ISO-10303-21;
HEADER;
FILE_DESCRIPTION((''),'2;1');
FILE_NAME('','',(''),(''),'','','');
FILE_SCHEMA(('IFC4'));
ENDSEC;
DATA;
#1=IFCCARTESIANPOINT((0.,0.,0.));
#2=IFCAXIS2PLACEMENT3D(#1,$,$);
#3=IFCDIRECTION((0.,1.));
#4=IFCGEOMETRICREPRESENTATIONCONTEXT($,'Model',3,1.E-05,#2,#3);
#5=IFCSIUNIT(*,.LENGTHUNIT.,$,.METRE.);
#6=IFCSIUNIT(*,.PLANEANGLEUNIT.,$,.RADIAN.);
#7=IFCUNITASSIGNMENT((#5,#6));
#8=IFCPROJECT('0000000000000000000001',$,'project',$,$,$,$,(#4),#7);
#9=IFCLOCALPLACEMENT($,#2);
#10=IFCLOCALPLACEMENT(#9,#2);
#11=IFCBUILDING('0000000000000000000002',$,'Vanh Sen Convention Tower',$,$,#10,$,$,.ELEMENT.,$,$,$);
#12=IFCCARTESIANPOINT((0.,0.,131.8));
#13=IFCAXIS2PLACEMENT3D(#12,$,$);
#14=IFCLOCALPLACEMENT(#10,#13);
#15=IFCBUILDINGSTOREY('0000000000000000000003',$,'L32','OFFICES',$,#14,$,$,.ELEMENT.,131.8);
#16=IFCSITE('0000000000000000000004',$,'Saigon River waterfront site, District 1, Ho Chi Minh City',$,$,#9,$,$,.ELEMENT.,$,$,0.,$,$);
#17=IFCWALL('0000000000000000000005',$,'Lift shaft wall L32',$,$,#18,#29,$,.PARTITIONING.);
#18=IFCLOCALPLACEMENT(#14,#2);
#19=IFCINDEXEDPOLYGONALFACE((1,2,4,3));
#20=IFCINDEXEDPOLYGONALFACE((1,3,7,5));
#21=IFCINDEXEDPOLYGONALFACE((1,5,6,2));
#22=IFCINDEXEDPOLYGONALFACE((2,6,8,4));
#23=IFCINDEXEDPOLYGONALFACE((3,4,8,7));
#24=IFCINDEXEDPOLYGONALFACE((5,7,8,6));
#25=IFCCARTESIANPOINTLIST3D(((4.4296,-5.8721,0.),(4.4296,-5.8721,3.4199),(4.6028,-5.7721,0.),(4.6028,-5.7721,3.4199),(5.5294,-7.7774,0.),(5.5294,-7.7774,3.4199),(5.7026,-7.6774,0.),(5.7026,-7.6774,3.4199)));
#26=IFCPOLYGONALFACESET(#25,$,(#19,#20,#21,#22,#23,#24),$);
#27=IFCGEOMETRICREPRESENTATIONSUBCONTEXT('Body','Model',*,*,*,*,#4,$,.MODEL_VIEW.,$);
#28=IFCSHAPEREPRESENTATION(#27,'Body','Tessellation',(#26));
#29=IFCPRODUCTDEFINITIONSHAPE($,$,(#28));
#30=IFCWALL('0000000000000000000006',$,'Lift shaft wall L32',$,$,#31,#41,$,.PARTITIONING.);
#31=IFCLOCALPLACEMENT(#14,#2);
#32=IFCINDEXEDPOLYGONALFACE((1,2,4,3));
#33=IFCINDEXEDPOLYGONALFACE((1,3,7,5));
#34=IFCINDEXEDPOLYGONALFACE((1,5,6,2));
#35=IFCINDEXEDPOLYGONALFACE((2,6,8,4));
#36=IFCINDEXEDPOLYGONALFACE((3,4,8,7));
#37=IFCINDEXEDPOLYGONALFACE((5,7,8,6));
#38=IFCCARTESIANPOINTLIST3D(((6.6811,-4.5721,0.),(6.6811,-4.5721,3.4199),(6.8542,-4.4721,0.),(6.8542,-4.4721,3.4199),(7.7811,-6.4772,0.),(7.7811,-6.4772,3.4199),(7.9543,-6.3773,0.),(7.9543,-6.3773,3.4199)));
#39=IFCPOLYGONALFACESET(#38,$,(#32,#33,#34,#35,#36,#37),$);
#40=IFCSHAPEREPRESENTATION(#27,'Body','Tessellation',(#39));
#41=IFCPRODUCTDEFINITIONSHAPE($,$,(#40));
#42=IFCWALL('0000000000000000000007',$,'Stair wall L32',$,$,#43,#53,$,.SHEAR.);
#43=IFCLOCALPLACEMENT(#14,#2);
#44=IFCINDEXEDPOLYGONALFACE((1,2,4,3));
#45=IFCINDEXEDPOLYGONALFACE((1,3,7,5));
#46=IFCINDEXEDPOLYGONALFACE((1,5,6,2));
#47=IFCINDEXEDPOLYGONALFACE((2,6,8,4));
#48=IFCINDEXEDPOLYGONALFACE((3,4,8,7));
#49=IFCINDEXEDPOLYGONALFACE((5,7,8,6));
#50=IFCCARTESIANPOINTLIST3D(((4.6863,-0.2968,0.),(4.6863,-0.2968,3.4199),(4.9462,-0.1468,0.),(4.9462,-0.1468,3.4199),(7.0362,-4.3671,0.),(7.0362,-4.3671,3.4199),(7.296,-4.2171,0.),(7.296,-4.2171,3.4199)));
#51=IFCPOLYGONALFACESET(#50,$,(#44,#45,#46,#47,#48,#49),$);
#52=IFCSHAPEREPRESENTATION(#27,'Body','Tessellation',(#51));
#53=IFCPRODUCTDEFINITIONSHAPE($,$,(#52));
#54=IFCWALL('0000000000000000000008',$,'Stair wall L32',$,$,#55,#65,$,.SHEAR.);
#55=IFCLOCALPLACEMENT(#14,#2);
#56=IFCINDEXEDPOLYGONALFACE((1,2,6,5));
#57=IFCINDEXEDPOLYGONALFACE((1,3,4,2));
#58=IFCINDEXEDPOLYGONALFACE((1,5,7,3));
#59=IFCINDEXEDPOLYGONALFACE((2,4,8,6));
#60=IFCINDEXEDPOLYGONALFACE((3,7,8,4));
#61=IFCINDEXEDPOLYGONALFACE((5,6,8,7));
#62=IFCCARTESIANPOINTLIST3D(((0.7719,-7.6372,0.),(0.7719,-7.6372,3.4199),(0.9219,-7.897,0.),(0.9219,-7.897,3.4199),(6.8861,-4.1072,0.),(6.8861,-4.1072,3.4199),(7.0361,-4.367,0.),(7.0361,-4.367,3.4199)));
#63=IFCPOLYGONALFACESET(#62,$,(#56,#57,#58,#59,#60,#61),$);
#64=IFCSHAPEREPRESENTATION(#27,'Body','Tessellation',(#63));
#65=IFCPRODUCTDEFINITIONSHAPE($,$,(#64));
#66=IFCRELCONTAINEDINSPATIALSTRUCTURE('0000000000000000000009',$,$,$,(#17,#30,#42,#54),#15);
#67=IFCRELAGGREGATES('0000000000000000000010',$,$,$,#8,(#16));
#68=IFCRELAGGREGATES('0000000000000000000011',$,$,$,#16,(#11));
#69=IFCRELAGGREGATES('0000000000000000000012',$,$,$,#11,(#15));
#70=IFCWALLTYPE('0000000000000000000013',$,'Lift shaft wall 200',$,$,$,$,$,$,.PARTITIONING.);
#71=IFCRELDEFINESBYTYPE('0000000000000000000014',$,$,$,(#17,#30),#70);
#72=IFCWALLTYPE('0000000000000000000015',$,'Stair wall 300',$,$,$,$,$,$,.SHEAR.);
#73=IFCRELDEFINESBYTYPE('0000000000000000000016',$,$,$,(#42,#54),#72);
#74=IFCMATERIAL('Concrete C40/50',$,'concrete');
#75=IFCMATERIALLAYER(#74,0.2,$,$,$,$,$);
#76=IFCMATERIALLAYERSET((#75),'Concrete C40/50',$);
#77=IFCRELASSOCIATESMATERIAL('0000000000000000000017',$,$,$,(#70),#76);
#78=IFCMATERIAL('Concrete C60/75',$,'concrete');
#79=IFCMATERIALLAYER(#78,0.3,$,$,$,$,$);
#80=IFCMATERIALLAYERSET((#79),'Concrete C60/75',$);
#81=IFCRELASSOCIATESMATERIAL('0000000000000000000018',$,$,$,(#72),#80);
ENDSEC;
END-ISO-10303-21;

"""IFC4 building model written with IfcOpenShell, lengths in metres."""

from ifc_helpers import new_model, si_unit, direction, frame, frame_2d, origin, place, context, subcontext, project, spatial, rectangle, extrude, material, layer, layer_set, type_object, element, save


model = new_model("IFC4")

# Units and contexts
model_context = context("Model", 3, precision=1e-05, world=origin(), true_north=direction((0.0, 1.0)))
body_context = subcontext(model_context, "Body", "Model", "MODEL_VIEW")
ifc_project = project(units=[si_unit("LENGTHUNIT", "METRE"), si_unit("PLANEANGLEUNIT", "RADIAN")], contexts=[model_context])

# Site, building, storey
site_placement = place(None, origin())
site = spatial("IfcSite", under=ifc_project, at=site_placement, Name="Saigon River waterfront site, District 1, Ho Chi Minh City", CompositionType="ELEMENT", RefElevation=0.0)
building_placement = place(site_placement, origin())
building = spatial("IfcBuilding", under=site, at=building_placement, Name="Vanh Sen Convention Tower", CompositionType="ELEMENT")
storey_placement = place(building_placement, frame((0.0, 0.0, 131.8)))
storey = spatial("IfcBuildingStorey", under=building, at=storey_placement, Name="L32", Description="OFFICES", CompositionType="ELEMENT", Elevation=131.8)

# Walls
ifc_material_1 = material(Name="Concrete C40/50", Category="concrete")
ifc_layer_1 = layer(ifc_material_1, 0.2)
ifc_layer_set_1 = layer_set([ifc_layer_1], Name="Concrete C40/50")
wall_type_1 = type_object("IfcWallType", Name="Lift shaft wall 200", PredefinedType="PARTITIONING", material=ifc_layer_set_1)
for number, where, z_axis, x_axis, name in (
    (1, (4.5161, -5.822, 0.0), (0.0, 0.0, 1.0), (0.499947, -0.866056, 0.0), "Lift shaft wall L32"),
    (2, (6.7676, -4.522, 0.0), (0.0, 0.0, 1.0), (0.50003, -0.866008, 0.0), "Lift shaft wall L32"),
):
    element("IfcWall", number, at=place(storey_placement, frame(where, z_axis=z_axis, x_axis=x_axis)), inside=storey, type_object=wall_type_1, Name=name, PredefinedType="PARTITIONING", context=body_context, shape_type="SweptSolid", body=[
        extrude(rectangle(XDim=2.2, YDim=0.2, at=frame_2d((1.1001, 0.0))), origin(), (0.0, 0.0, 1.0), 3.4199),
    ])
ifc_material_2 = material(Name="Concrete C60/75", Category="concrete")
ifc_layer_2 = layer(ifc_material_2, 0.3)
ifc_layer_set_2 = layer_set([ifc_layer_2], Name="Concrete C60/75")
wall_type_2 = type_object("IfcWallType", Name="Stair wall 300", PredefinedType="SHEAR", material=ifc_layer_set_2)
wall_1_placement = place(storey_placement, frame((4.8162, -0.2217, 0.0), z_axis=(0.0, 0.0, 1.0), x_axis=(0.499977, -0.866039, 0.0)))
element("IfcWall", 3, at=wall_1_placement, inside=storey, type_object=wall_type_2, Name="Stair wall L32", PredefinedType="SHEAR", context=body_context, shape_type="SweptSolid", body=[
    extrude(rectangle(XDim=4.7, YDim=0.3, at=frame_2d((2.3501, 0.0))), origin(), (0.0, 0.0, 1.0), 3.4199),
])
wall_2_placement = place(storey_placement, frame((0.8469, -7.7671, 0.0), z_axis=(0.0, 0.0, 1.0), x_axis=(0.866028, 0.499996, 0.0)))
element("IfcWall", 4, at=wall_2_placement, inside=storey, type_object=wall_type_2, Name="Stair wall L32", PredefinedType="SHEAR", context=body_context, shape_type="SweptSolid", body=[
    extrude(rectangle(XDim=7.0601, YDim=0.3, at=frame_2d((3.53, 0.0))), origin(), (0.0, 0.0, 1.0), 3.4199),
])

save(model, "model.ifc")
